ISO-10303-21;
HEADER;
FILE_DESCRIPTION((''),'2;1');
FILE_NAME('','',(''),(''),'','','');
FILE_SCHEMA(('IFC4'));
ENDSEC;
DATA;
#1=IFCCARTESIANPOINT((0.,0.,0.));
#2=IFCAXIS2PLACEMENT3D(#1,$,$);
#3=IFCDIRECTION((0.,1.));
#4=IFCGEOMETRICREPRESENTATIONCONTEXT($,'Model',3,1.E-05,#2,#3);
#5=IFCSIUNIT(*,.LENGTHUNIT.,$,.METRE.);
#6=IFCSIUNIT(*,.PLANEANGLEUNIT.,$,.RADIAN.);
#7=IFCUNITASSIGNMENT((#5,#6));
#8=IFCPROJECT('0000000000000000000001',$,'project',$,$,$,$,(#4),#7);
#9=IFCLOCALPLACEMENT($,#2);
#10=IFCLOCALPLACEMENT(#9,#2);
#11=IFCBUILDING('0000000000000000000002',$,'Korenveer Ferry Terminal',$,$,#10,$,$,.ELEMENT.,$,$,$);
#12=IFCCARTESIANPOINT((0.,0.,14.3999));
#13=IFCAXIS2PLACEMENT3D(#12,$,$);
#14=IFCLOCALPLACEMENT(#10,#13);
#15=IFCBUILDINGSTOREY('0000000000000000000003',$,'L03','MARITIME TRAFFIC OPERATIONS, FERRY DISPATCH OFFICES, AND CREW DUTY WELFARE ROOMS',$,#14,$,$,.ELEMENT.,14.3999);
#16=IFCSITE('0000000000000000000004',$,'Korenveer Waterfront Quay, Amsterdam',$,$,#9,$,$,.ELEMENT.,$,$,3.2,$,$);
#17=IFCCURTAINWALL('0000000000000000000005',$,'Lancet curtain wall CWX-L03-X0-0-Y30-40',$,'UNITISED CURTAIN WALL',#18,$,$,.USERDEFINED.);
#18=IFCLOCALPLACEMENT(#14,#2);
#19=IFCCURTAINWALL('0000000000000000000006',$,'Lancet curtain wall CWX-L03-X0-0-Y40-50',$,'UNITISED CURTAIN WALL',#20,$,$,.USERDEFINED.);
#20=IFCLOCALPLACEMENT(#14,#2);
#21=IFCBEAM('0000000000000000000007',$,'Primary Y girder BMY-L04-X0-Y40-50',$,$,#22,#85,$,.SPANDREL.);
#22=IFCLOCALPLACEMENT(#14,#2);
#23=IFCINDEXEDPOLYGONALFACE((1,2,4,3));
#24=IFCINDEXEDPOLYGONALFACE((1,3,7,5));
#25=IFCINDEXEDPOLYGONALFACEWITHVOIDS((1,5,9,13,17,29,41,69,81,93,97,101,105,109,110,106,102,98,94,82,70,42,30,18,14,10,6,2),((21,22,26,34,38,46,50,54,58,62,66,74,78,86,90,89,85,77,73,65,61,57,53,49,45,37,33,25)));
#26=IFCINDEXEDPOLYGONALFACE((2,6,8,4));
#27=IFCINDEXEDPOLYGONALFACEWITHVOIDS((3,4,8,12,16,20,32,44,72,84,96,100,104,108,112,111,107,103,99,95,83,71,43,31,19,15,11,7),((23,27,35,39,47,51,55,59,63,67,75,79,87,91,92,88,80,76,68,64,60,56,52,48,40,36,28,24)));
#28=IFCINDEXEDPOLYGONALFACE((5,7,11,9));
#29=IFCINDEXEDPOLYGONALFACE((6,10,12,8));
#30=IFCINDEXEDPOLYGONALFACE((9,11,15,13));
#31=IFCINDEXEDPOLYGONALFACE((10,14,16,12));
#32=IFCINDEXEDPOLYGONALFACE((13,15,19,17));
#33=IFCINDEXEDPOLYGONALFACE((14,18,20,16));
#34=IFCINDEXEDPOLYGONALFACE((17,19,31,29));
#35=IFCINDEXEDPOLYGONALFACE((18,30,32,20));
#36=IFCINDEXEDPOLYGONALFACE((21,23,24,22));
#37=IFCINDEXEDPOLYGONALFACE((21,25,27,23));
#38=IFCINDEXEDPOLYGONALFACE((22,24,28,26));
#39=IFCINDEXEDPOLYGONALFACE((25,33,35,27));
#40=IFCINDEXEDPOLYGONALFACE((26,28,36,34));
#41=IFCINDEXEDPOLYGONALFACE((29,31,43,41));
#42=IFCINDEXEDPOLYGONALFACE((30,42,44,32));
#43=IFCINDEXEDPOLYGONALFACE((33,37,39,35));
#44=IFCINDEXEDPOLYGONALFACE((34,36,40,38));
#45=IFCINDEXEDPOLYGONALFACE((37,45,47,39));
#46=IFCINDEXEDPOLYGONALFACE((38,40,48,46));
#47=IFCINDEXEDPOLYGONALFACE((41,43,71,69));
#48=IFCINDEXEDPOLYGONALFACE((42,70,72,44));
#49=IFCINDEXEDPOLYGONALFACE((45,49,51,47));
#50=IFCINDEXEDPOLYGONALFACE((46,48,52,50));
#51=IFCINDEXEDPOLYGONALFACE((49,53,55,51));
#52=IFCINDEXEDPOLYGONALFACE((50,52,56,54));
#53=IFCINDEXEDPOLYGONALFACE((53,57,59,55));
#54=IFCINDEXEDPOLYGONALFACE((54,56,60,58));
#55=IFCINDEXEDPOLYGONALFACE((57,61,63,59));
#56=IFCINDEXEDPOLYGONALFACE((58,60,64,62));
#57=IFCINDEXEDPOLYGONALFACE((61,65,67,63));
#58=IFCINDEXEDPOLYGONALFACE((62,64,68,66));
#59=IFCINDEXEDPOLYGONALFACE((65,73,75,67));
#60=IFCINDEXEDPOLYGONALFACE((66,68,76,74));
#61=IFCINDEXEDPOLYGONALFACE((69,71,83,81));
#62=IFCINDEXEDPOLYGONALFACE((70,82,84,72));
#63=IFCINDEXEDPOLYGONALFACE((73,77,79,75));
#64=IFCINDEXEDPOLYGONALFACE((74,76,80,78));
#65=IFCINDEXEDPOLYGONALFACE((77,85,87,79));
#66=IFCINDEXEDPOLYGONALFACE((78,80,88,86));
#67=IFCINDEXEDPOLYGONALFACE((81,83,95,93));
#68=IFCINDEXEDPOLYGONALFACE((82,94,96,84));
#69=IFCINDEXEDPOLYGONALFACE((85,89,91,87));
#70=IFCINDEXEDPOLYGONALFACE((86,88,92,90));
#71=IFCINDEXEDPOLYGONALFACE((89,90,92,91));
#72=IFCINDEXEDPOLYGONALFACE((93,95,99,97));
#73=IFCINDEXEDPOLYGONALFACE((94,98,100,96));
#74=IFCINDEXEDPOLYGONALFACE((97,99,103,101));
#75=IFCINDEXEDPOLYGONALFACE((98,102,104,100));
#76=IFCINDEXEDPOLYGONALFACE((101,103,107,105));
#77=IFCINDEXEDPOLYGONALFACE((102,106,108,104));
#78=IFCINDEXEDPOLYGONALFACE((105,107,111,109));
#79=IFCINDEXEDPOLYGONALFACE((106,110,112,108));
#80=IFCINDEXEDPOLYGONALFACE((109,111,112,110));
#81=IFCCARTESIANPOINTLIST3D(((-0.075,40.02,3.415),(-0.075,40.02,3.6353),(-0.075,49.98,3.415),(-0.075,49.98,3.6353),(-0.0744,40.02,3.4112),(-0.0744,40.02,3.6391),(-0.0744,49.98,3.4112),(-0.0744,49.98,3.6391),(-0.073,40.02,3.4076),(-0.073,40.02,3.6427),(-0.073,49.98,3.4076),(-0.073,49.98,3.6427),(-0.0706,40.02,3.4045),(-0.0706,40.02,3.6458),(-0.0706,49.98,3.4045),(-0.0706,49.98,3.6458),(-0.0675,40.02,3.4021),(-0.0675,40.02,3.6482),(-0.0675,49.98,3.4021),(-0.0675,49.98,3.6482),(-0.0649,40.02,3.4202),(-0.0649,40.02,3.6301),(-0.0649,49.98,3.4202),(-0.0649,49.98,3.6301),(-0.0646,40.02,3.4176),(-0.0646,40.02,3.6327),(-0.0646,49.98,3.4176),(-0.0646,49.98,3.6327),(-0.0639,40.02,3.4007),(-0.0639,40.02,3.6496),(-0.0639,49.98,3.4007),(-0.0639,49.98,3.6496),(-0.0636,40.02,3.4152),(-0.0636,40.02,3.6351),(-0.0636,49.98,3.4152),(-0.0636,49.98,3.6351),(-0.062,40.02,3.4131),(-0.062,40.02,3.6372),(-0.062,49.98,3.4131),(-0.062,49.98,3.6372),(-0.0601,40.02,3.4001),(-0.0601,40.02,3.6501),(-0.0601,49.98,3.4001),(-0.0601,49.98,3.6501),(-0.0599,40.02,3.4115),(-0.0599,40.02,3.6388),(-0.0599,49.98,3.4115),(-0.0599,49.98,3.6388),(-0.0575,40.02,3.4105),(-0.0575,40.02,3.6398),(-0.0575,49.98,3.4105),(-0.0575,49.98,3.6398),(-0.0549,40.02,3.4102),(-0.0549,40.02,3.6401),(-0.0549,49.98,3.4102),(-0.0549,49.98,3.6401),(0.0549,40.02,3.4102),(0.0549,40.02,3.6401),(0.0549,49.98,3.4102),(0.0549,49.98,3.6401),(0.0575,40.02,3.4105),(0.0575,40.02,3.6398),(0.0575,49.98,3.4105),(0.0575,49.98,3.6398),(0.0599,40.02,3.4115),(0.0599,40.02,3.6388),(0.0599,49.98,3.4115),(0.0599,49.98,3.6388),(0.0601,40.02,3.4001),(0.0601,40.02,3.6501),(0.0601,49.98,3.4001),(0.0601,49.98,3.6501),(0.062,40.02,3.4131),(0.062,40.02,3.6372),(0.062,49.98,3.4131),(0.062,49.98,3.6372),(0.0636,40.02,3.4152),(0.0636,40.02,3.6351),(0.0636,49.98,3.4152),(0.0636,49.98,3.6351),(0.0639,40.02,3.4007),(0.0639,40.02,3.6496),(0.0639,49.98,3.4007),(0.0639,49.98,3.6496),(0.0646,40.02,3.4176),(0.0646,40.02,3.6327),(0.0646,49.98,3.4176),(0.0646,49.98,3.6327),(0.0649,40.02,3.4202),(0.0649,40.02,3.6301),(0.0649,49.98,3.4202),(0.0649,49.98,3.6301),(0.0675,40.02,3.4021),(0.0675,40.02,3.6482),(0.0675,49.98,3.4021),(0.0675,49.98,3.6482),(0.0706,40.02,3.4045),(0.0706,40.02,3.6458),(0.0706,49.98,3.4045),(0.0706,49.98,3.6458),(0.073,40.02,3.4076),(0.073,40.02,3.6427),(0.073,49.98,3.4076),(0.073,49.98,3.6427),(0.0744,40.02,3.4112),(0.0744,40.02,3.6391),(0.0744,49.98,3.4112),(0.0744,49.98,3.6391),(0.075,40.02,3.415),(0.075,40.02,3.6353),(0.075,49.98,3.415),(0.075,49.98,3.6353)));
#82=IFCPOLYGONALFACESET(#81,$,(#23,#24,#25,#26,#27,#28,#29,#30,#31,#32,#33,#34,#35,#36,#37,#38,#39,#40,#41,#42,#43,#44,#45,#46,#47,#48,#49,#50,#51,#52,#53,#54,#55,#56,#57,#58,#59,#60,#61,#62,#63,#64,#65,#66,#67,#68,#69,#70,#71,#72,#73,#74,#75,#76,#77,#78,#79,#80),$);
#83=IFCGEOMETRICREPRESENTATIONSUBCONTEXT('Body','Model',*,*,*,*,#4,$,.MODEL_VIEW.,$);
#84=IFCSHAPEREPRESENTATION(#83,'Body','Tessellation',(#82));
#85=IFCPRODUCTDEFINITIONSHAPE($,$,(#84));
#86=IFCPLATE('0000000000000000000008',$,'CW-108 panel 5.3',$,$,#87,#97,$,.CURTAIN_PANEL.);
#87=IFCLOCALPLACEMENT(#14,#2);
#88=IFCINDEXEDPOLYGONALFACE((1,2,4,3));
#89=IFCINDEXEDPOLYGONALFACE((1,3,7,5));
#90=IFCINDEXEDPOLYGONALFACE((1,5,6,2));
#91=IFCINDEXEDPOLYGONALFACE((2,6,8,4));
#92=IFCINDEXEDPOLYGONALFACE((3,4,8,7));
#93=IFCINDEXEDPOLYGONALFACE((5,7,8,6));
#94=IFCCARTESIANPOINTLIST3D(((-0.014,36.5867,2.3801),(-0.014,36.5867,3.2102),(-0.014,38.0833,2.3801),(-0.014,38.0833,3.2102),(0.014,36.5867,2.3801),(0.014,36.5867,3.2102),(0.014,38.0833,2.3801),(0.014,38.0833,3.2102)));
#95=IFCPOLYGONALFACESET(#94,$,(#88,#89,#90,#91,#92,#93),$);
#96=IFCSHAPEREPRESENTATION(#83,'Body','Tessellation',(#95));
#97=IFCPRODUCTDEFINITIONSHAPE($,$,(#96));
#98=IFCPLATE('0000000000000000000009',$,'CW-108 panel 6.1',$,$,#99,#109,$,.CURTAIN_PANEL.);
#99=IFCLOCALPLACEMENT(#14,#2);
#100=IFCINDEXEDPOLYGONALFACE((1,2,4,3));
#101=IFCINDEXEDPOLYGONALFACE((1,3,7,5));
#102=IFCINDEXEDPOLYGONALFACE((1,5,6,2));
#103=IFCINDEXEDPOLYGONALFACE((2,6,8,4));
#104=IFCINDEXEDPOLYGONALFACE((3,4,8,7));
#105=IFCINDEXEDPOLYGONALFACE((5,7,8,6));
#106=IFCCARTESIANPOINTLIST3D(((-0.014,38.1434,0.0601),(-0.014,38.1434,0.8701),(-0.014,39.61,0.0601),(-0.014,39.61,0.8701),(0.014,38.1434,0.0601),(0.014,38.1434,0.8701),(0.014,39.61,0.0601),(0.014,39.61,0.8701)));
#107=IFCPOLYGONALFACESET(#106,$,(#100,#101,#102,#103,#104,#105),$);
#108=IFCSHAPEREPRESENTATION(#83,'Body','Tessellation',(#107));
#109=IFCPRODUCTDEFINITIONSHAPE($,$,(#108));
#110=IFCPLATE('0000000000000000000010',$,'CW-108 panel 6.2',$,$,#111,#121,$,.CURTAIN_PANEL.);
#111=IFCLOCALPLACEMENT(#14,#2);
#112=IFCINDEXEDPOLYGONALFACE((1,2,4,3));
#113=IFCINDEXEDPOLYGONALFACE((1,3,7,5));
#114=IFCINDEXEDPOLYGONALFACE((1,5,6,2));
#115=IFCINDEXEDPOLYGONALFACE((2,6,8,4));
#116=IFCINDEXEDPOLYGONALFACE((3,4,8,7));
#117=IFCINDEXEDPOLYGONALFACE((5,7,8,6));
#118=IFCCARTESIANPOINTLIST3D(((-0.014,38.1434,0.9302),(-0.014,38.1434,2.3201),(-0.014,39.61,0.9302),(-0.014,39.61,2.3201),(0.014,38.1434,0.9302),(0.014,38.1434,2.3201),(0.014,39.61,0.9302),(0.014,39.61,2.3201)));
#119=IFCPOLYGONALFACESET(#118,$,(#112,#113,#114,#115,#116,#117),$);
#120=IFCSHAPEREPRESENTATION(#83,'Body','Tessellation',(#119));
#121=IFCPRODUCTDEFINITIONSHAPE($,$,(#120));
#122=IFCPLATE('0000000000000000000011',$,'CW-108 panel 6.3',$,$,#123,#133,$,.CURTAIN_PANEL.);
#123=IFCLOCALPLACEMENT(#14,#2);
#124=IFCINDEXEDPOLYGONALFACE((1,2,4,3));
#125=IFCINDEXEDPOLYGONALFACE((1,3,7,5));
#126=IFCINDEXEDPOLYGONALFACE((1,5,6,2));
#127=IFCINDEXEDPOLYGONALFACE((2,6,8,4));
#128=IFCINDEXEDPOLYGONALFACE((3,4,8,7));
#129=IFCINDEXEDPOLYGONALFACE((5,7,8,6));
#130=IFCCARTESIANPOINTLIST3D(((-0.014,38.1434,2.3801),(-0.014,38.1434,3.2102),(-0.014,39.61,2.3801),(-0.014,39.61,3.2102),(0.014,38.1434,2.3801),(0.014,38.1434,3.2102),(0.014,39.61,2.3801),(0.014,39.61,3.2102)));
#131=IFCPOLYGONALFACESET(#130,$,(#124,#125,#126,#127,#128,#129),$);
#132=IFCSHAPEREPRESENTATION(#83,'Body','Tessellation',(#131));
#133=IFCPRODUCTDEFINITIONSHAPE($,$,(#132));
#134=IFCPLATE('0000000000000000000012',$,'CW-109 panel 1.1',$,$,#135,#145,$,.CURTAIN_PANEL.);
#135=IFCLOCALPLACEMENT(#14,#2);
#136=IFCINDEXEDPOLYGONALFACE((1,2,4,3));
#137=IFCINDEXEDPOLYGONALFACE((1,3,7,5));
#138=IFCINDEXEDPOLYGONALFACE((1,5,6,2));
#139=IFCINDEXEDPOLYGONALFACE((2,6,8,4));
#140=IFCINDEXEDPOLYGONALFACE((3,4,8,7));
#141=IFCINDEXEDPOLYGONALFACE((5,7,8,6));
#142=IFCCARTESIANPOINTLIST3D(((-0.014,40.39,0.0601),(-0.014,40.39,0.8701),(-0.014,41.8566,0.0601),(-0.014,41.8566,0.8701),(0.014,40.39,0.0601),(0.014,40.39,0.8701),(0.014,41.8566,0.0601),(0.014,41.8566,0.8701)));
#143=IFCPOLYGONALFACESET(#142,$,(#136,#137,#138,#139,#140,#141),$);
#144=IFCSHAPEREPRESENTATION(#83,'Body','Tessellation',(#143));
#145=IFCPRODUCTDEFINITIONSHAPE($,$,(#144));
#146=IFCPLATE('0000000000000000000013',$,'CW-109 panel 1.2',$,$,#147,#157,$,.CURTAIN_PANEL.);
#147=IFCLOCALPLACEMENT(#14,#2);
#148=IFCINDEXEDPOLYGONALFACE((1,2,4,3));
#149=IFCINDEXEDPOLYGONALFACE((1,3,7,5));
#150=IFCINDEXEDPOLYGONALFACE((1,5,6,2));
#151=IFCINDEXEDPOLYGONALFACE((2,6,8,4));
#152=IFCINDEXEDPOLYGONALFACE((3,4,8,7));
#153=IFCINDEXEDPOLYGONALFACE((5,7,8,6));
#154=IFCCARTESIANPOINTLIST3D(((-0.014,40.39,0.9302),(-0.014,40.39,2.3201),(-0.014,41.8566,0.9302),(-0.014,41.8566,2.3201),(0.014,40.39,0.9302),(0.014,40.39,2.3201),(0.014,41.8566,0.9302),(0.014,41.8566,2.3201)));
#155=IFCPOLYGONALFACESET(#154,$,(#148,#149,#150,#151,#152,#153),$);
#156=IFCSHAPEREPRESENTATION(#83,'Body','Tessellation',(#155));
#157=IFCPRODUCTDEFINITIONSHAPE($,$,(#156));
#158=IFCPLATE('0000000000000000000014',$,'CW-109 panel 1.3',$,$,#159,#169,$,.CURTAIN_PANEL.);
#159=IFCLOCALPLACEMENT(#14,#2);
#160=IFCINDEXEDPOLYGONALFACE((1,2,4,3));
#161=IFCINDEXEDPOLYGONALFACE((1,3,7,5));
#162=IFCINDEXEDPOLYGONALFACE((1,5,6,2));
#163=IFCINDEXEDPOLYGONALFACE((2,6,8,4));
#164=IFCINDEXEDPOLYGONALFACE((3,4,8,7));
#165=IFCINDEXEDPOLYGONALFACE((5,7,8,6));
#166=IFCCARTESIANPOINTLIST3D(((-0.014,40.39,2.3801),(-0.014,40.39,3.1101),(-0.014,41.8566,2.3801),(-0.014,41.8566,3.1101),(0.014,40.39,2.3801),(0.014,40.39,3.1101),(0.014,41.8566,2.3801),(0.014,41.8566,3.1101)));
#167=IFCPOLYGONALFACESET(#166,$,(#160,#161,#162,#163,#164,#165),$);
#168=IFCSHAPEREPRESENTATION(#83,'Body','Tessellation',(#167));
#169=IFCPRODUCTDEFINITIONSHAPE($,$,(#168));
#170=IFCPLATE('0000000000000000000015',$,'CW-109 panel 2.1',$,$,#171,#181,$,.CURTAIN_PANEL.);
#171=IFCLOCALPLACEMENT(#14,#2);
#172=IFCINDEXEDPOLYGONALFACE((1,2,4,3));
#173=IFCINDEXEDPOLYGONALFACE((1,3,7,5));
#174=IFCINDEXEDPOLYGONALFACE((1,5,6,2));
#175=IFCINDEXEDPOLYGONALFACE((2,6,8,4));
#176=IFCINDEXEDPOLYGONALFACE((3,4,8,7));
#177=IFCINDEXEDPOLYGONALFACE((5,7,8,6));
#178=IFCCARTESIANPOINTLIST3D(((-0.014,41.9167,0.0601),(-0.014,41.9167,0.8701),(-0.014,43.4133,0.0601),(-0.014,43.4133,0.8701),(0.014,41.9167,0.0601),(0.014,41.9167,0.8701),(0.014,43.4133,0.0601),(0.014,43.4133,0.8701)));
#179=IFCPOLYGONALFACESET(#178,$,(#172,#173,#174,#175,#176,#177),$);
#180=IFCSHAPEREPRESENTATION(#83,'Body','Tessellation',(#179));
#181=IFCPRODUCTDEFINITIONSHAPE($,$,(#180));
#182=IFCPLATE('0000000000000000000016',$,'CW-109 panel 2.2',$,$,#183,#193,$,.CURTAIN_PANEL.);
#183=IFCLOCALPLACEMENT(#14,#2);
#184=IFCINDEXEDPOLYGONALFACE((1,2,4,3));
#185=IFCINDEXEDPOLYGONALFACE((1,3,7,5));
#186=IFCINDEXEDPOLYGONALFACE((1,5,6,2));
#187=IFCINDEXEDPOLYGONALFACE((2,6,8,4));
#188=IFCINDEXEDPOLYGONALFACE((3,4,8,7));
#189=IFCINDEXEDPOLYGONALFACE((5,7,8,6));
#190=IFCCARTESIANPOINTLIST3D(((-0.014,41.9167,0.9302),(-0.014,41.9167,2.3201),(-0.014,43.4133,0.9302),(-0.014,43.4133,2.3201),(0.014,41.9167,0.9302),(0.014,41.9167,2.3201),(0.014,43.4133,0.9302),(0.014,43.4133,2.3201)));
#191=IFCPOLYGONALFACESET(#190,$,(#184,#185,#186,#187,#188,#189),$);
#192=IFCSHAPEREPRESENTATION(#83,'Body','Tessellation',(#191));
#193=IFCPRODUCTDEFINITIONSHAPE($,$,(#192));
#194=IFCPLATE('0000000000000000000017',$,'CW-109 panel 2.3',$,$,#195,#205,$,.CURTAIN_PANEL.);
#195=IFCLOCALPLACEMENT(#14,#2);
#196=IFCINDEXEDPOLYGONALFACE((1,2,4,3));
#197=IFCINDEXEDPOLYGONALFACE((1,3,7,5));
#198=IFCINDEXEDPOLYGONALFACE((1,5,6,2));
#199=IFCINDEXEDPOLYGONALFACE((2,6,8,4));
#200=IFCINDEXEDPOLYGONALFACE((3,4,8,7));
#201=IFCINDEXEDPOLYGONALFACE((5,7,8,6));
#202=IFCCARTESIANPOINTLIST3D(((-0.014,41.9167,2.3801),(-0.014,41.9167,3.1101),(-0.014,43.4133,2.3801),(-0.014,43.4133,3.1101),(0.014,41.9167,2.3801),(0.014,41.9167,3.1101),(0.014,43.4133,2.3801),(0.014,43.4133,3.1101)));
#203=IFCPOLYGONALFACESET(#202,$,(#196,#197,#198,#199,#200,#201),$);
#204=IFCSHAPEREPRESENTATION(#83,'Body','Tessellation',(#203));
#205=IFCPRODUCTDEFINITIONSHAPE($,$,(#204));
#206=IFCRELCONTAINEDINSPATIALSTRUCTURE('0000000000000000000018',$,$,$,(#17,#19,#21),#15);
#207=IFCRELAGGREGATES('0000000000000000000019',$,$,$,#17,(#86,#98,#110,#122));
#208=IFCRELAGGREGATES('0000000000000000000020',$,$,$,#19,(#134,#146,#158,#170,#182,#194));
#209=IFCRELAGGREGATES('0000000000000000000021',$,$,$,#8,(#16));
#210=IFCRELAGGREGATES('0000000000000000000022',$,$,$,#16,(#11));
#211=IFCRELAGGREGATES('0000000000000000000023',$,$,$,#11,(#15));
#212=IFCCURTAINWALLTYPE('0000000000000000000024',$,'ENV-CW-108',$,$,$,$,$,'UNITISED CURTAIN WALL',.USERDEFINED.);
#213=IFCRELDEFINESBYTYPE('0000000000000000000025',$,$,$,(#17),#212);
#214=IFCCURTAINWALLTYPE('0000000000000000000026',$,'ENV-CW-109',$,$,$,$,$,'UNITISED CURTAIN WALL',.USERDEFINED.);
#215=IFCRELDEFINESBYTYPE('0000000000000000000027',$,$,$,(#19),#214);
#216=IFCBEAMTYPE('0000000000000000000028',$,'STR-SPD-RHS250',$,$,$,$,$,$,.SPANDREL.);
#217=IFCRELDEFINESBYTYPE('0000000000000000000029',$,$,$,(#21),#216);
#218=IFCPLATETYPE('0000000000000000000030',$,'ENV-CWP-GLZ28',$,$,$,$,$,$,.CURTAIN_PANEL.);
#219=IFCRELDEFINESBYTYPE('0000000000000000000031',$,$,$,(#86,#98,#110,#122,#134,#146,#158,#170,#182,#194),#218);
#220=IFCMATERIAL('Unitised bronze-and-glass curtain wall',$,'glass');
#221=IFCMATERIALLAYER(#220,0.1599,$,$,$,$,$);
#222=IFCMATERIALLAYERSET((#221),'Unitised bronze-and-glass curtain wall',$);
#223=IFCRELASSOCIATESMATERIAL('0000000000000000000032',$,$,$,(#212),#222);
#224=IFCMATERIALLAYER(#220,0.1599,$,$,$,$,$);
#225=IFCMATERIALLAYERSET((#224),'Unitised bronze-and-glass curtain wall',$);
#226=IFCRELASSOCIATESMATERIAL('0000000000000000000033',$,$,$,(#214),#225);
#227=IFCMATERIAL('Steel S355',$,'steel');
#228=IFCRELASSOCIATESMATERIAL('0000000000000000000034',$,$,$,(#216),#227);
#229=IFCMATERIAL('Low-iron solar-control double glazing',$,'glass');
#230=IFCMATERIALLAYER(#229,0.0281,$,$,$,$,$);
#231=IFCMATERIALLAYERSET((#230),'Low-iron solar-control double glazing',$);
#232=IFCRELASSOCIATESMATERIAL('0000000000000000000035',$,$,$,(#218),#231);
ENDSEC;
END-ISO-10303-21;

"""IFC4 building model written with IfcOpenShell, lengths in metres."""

from ifc_helpers import new_model, si_unit, direction, frame, origin, origin_2d, place, context, subcontext, project, spatial, rectangle, hollow_rectangle, extrude, material, layer, layer_set, material_profile, profile_set, type_object, element, aggregate, save


model = new_model("IFC4")

# Units and contexts
model_context = context("Model", 3, precision=1e-05, world=origin(), true_north=direction((0.0, 1.0)))
body_context = subcontext(model_context, "Body", "Model", "MODEL_VIEW")
ifc_project = project(units=[si_unit("LENGTHUNIT", "METRE"), si_unit("PLANEANGLEUNIT", "RADIAN")], contexts=[model_context])

# Site, building, storey
site_placement = place(None, origin())
site = spatial("IfcSite", under=ifc_project, at=site_placement, Name="Korenveer Waterfront Quay, Amsterdam", CompositionType="ELEMENT", RefElevation=3.2)
building_placement = place(site_placement, origin())
building = spatial("IfcBuilding", under=site, at=building_placement, Name="Korenveer Ferry Terminal", CompositionType="ELEMENT")
storey_placement = place(building_placement, frame((0.0, 0.0, 14.3999)))
storey = spatial("IfcBuildingStorey", under=building, at=storey_placement, Name="L03", Description="MARITIME TRAFFIC OPERATIONS, FERRY DISPATCH OFFICES, AND CREW DUTY WELFARE ROOMS", CompositionType="ELEMENT", Elevation=14.3999)

# Curtain walls
ifc_material_1 = material(Name="Unitised bronze-and-glass curtain wall", Category="glass")
ifc_layer_1 = layer(ifc_material_1, 0.1599)
ifc_layer_set_1 = layer_set([ifc_layer_1], Name="Unitised bronze-and-glass curtain wall")
curtain_wall_type_1 = type_object("IfcCurtainWallType", Name="ENV-CW-108", ElementType="UNITISED CURTAIN WALL", PredefinedType="USERDEFINED", material=ifc_layer_set_1)
curtain_wall_1_placement = place(storey_placement, frame((0.0, 30.3301, 0.0)))
curtain_wall_1 = element("IfcCurtainWall", 1, at=curtain_wall_1_placement, inside=storey, type_object=curtain_wall_type_1, Name="Lancet curtain wall CWX-L03-X0-0-Y30-40", ObjectType="UNITISED CURTAIN WALL", PredefinedType="USERDEFINED")
ifc_layer_2 = layer(ifc_material_1, 0.1599)
ifc_layer_set_2 = layer_set([ifc_layer_2], Name="Unitised bronze-and-glass curtain wall")
curtain_wall_type_2 = type_object("IfcCurtainWallType", Name="ENV-CW-109", ElementType="UNITISED CURTAIN WALL", PredefinedType="USERDEFINED", material=ifc_layer_set_2)
curtain_wall_2_placement = place(storey_placement, frame((0.0, 40.3301, 0.0)))
curtain_wall_2 = element("IfcCurtainWall", 2, at=curtain_wall_2_placement, inside=storey, type_object=curtain_wall_type_2, Name="Lancet curtain wall CWX-L03-X0-0-Y40-50", ObjectType="UNITISED CURTAIN WALL", PredefinedType="USERDEFINED")

# Beam
ifc_material_2 = material(Name="Steel S355", Category="steel")
ifc_material_profile_1 = material_profile(ifc_material_2, hollow_rectangle(XDim=0.1499, YDim=0.25, WallThickness=0.01, InnerFilletRadius=0.01, OuterFilletRadius=0.0149, at=origin_2d()), Name="RHS 250x150x10")
ifc_profile_set_1 = profile_set([ifc_material_profile_1], Name="Steel S355")
beam_type_1 = type_object("IfcBeamType", Name="STR-SPD-RHS250", PredefinedType="SPANDREL", material=ifc_profile_set_1)
beam_1_placement = place(storey_placement, frame((0.0, 40.02, 3.5251), z_axis=(0.0, 1.0, 0.0), x_axis=(-1.0, 0.0, 0.0)))
element("IfcBeam", 3, at=beam_1_placement, inside=storey, type_object=beam_type_1, Name="Primary Y girder BMY-L04-X0-Y40-50", PredefinedType="SPANDREL", context=body_context, shape_type="SweptSolid", body=[
    extrude(hollow_rectangle(XDim=0.1499, YDim=0.25, WallThickness=0.01, InnerFilletRadius=0.01, OuterFilletRadius=0.0149, at=origin_2d()), origin(), (0.0, 0.0, 1.0), 9.96),
])

# Plates
ifc_material_3 = material(Name="Low-iron solar-control double glazing", Category="glass")
ifc_layer_3 = layer(ifc_material_3, 0.0281)
ifc_layer_set_3 = layer_set([ifc_layer_3], Name="Low-iron solar-control double glazing")
plate_type = type_object("IfcPlateType", Name="ENV-CWP-GLZ28", PredefinedType="CURTAIN_PANEL", material=ifc_layer_set_3)
plate_1_placement = place(storey_placement, frame((0.0, 37.335, 2.3801), z_axis=(0.0, 0.0, 1.0), x_axis=(0.0, 1.0, 0.0)))
plate_1 = element("IfcPlate", 4, at=plate_1_placement, type_object=plate_type, Name="CW-108 panel 5.3", PredefinedType="CURTAIN_PANEL", context=body_context, shape_type="SweptSolid", body=[
    extrude(rectangle(XDim=1.4966, YDim=0.0281, at=origin_2d()), origin(), (0.0, 0.0, 1.0), 0.8301),
])
plate_2_placement = place(storey_placement, frame((0.0, 38.8767, 0.0601), z_axis=(0.0, 0.0, 1.0), x_axis=(0.0, 1.0, 0.0)))
plate_2 = element("IfcPlate", 5, at=plate_2_placement, type_object=plate_type, Name="CW-108 panel 6.1", PredefinedType="CURTAIN_PANEL", context=body_context, shape_type="SweptSolid", body=[
    extrude(rectangle(XDim=1.4666, YDim=0.0281, at=origin_2d()), origin(), (0.0, 0.0, 1.0), 0.8101),
])
plate_3_placement = place(storey_placement, frame((0.0, 38.8767, 0.9302), z_axis=(0.0, 0.0, 1.0), x_axis=(0.0, 1.0, 0.0)))
plate_3 = element("IfcPlate", 6, at=plate_3_placement, type_object=plate_type, Name="CW-108 panel 6.2", PredefinedType="CURTAIN_PANEL", context=body_context, shape_type="SweptSolid", body=[
    extrude(rectangle(XDim=1.4666, YDim=0.0281, at=origin_2d()), origin(), (0.0, 0.0, 1.0), 1.3899),
])
plate_4_placement = place(storey_placement, frame((0.0, 38.8767, 2.3801), z_axis=(0.0, 0.0, 1.0), x_axis=(0.0, 1.0, 0.0)))
plate_4 = element("IfcPlate", 7, at=plate_4_placement, type_object=plate_type, Name="CW-108 panel 6.3", PredefinedType="CURTAIN_PANEL", context=body_context, shape_type="SweptSolid", body=[
    extrude(rectangle(XDim=1.4666, YDim=0.0281, at=origin_2d()), origin(), (0.0, 0.0, 1.0), 0.8301),
])
aggregate(curtain_wall_1, [plate_1, plate_2, plate_3, plate_4])
plate_5_placement = place(storey_placement, frame((0.0, 41.1233, 0.0601), z_axis=(0.0, 0.0, 1.0), x_axis=(0.0, 1.0, 0.0)))
plate_5 = element("IfcPlate", 8, at=plate_5_placement, type_object=plate_type, Name="CW-109 panel 1.1", PredefinedType="CURTAIN_PANEL", context=body_context, shape_type="SweptSolid", body=[
    extrude(rectangle(XDim=1.4666, YDim=0.0281, at=origin_2d()), origin(), (0.0, 0.0, 1.0), 0.8101),
])
plate_6_placement = place(storey_placement, frame((0.0, 41.1233, 0.9302), z_axis=(0.0, 0.0, 1.0), x_axis=(0.0, 1.0, 0.0)))
plate_6 = element("IfcPlate", 9, at=plate_6_placement, type_object=plate_type, Name="CW-109 panel 1.2", PredefinedType="CURTAIN_PANEL", context=body_context, shape_type="SweptSolid", body=[
    extrude(rectangle(XDim=1.4666, YDim=0.0281, at=origin_2d()), origin(), (0.0, 0.0, 1.0), 1.3899),
])
plate_7_placement = place(storey_placement, frame((0.0, 41.1233, 2.3801), z_axis=(0.0, 0.0, 1.0), x_axis=(0.0, 1.0, 0.0)))
plate_7 = element("IfcPlate", 10, at=plate_7_placement, type_object=plate_type, Name="CW-109 panel 1.3", PredefinedType="CURTAIN_PANEL", context=body_context, shape_type="SweptSolid", body=[
    extrude(rectangle(XDim=1.4666, YDim=0.0281, at=origin_2d()), origin(), (0.0, 0.0, 1.0), 0.73),
])
plate_8_placement = place(storey_placement, frame((0.0, 42.665, 0.0601), z_axis=(0.0, 0.0, 1.0), x_axis=(0.0, 1.0, 0.0)))
plate_8 = element("IfcPlate", 11, at=plate_8_placement, type_object=plate_type, Name="CW-109 panel 2.1", PredefinedType="CURTAIN_PANEL", context=body_context, shape_type="SweptSolid", body=[
    extrude(rectangle(XDim=1.4966, YDim=0.0281, at=origin_2d()), origin(), (0.0, 0.0, 1.0), 0.8101),
])
plate_9_placement = place(storey_placement, frame((0.0, 42.665, 0.9302), z_axis=(0.0, 0.0, 1.0), x_axis=(0.0, 1.0, 0.0)))
plate_9 = element("IfcPlate", 12, at=plate_9_placement, type_object=plate_type, Name="CW-109 panel 2.2", PredefinedType="CURTAIN_PANEL", context=body_context, shape_type="SweptSolid", body=[
    extrude(rectangle(XDim=1.4966, YDim=0.0281, at=origin_2d()), origin(), (0.0, 0.0, 1.0), 1.3899),
])
plate_10_placement = place(storey_placement, frame((0.0, 42.665, 2.3801), z_axis=(0.0, 0.0, 1.0), x_axis=(0.0, 1.0, 0.0)))
plate_10 = element("IfcPlate", 13, at=plate_10_placement, type_object=plate_type, Name="CW-109 panel 2.3", PredefinedType="CURTAIN_PANEL", context=body_context, shape_type="SweptSolid", body=[
    extrude(rectangle(XDim=1.4966, YDim=0.0281, at=origin_2d()), origin(), (0.0, 0.0, 1.0), 0.73),
])
aggregate(curtain_wall_2, [plate_5, plate_6, plate_7, plate_8, plate_9, plate_10])

save(model, "model.ifc")
